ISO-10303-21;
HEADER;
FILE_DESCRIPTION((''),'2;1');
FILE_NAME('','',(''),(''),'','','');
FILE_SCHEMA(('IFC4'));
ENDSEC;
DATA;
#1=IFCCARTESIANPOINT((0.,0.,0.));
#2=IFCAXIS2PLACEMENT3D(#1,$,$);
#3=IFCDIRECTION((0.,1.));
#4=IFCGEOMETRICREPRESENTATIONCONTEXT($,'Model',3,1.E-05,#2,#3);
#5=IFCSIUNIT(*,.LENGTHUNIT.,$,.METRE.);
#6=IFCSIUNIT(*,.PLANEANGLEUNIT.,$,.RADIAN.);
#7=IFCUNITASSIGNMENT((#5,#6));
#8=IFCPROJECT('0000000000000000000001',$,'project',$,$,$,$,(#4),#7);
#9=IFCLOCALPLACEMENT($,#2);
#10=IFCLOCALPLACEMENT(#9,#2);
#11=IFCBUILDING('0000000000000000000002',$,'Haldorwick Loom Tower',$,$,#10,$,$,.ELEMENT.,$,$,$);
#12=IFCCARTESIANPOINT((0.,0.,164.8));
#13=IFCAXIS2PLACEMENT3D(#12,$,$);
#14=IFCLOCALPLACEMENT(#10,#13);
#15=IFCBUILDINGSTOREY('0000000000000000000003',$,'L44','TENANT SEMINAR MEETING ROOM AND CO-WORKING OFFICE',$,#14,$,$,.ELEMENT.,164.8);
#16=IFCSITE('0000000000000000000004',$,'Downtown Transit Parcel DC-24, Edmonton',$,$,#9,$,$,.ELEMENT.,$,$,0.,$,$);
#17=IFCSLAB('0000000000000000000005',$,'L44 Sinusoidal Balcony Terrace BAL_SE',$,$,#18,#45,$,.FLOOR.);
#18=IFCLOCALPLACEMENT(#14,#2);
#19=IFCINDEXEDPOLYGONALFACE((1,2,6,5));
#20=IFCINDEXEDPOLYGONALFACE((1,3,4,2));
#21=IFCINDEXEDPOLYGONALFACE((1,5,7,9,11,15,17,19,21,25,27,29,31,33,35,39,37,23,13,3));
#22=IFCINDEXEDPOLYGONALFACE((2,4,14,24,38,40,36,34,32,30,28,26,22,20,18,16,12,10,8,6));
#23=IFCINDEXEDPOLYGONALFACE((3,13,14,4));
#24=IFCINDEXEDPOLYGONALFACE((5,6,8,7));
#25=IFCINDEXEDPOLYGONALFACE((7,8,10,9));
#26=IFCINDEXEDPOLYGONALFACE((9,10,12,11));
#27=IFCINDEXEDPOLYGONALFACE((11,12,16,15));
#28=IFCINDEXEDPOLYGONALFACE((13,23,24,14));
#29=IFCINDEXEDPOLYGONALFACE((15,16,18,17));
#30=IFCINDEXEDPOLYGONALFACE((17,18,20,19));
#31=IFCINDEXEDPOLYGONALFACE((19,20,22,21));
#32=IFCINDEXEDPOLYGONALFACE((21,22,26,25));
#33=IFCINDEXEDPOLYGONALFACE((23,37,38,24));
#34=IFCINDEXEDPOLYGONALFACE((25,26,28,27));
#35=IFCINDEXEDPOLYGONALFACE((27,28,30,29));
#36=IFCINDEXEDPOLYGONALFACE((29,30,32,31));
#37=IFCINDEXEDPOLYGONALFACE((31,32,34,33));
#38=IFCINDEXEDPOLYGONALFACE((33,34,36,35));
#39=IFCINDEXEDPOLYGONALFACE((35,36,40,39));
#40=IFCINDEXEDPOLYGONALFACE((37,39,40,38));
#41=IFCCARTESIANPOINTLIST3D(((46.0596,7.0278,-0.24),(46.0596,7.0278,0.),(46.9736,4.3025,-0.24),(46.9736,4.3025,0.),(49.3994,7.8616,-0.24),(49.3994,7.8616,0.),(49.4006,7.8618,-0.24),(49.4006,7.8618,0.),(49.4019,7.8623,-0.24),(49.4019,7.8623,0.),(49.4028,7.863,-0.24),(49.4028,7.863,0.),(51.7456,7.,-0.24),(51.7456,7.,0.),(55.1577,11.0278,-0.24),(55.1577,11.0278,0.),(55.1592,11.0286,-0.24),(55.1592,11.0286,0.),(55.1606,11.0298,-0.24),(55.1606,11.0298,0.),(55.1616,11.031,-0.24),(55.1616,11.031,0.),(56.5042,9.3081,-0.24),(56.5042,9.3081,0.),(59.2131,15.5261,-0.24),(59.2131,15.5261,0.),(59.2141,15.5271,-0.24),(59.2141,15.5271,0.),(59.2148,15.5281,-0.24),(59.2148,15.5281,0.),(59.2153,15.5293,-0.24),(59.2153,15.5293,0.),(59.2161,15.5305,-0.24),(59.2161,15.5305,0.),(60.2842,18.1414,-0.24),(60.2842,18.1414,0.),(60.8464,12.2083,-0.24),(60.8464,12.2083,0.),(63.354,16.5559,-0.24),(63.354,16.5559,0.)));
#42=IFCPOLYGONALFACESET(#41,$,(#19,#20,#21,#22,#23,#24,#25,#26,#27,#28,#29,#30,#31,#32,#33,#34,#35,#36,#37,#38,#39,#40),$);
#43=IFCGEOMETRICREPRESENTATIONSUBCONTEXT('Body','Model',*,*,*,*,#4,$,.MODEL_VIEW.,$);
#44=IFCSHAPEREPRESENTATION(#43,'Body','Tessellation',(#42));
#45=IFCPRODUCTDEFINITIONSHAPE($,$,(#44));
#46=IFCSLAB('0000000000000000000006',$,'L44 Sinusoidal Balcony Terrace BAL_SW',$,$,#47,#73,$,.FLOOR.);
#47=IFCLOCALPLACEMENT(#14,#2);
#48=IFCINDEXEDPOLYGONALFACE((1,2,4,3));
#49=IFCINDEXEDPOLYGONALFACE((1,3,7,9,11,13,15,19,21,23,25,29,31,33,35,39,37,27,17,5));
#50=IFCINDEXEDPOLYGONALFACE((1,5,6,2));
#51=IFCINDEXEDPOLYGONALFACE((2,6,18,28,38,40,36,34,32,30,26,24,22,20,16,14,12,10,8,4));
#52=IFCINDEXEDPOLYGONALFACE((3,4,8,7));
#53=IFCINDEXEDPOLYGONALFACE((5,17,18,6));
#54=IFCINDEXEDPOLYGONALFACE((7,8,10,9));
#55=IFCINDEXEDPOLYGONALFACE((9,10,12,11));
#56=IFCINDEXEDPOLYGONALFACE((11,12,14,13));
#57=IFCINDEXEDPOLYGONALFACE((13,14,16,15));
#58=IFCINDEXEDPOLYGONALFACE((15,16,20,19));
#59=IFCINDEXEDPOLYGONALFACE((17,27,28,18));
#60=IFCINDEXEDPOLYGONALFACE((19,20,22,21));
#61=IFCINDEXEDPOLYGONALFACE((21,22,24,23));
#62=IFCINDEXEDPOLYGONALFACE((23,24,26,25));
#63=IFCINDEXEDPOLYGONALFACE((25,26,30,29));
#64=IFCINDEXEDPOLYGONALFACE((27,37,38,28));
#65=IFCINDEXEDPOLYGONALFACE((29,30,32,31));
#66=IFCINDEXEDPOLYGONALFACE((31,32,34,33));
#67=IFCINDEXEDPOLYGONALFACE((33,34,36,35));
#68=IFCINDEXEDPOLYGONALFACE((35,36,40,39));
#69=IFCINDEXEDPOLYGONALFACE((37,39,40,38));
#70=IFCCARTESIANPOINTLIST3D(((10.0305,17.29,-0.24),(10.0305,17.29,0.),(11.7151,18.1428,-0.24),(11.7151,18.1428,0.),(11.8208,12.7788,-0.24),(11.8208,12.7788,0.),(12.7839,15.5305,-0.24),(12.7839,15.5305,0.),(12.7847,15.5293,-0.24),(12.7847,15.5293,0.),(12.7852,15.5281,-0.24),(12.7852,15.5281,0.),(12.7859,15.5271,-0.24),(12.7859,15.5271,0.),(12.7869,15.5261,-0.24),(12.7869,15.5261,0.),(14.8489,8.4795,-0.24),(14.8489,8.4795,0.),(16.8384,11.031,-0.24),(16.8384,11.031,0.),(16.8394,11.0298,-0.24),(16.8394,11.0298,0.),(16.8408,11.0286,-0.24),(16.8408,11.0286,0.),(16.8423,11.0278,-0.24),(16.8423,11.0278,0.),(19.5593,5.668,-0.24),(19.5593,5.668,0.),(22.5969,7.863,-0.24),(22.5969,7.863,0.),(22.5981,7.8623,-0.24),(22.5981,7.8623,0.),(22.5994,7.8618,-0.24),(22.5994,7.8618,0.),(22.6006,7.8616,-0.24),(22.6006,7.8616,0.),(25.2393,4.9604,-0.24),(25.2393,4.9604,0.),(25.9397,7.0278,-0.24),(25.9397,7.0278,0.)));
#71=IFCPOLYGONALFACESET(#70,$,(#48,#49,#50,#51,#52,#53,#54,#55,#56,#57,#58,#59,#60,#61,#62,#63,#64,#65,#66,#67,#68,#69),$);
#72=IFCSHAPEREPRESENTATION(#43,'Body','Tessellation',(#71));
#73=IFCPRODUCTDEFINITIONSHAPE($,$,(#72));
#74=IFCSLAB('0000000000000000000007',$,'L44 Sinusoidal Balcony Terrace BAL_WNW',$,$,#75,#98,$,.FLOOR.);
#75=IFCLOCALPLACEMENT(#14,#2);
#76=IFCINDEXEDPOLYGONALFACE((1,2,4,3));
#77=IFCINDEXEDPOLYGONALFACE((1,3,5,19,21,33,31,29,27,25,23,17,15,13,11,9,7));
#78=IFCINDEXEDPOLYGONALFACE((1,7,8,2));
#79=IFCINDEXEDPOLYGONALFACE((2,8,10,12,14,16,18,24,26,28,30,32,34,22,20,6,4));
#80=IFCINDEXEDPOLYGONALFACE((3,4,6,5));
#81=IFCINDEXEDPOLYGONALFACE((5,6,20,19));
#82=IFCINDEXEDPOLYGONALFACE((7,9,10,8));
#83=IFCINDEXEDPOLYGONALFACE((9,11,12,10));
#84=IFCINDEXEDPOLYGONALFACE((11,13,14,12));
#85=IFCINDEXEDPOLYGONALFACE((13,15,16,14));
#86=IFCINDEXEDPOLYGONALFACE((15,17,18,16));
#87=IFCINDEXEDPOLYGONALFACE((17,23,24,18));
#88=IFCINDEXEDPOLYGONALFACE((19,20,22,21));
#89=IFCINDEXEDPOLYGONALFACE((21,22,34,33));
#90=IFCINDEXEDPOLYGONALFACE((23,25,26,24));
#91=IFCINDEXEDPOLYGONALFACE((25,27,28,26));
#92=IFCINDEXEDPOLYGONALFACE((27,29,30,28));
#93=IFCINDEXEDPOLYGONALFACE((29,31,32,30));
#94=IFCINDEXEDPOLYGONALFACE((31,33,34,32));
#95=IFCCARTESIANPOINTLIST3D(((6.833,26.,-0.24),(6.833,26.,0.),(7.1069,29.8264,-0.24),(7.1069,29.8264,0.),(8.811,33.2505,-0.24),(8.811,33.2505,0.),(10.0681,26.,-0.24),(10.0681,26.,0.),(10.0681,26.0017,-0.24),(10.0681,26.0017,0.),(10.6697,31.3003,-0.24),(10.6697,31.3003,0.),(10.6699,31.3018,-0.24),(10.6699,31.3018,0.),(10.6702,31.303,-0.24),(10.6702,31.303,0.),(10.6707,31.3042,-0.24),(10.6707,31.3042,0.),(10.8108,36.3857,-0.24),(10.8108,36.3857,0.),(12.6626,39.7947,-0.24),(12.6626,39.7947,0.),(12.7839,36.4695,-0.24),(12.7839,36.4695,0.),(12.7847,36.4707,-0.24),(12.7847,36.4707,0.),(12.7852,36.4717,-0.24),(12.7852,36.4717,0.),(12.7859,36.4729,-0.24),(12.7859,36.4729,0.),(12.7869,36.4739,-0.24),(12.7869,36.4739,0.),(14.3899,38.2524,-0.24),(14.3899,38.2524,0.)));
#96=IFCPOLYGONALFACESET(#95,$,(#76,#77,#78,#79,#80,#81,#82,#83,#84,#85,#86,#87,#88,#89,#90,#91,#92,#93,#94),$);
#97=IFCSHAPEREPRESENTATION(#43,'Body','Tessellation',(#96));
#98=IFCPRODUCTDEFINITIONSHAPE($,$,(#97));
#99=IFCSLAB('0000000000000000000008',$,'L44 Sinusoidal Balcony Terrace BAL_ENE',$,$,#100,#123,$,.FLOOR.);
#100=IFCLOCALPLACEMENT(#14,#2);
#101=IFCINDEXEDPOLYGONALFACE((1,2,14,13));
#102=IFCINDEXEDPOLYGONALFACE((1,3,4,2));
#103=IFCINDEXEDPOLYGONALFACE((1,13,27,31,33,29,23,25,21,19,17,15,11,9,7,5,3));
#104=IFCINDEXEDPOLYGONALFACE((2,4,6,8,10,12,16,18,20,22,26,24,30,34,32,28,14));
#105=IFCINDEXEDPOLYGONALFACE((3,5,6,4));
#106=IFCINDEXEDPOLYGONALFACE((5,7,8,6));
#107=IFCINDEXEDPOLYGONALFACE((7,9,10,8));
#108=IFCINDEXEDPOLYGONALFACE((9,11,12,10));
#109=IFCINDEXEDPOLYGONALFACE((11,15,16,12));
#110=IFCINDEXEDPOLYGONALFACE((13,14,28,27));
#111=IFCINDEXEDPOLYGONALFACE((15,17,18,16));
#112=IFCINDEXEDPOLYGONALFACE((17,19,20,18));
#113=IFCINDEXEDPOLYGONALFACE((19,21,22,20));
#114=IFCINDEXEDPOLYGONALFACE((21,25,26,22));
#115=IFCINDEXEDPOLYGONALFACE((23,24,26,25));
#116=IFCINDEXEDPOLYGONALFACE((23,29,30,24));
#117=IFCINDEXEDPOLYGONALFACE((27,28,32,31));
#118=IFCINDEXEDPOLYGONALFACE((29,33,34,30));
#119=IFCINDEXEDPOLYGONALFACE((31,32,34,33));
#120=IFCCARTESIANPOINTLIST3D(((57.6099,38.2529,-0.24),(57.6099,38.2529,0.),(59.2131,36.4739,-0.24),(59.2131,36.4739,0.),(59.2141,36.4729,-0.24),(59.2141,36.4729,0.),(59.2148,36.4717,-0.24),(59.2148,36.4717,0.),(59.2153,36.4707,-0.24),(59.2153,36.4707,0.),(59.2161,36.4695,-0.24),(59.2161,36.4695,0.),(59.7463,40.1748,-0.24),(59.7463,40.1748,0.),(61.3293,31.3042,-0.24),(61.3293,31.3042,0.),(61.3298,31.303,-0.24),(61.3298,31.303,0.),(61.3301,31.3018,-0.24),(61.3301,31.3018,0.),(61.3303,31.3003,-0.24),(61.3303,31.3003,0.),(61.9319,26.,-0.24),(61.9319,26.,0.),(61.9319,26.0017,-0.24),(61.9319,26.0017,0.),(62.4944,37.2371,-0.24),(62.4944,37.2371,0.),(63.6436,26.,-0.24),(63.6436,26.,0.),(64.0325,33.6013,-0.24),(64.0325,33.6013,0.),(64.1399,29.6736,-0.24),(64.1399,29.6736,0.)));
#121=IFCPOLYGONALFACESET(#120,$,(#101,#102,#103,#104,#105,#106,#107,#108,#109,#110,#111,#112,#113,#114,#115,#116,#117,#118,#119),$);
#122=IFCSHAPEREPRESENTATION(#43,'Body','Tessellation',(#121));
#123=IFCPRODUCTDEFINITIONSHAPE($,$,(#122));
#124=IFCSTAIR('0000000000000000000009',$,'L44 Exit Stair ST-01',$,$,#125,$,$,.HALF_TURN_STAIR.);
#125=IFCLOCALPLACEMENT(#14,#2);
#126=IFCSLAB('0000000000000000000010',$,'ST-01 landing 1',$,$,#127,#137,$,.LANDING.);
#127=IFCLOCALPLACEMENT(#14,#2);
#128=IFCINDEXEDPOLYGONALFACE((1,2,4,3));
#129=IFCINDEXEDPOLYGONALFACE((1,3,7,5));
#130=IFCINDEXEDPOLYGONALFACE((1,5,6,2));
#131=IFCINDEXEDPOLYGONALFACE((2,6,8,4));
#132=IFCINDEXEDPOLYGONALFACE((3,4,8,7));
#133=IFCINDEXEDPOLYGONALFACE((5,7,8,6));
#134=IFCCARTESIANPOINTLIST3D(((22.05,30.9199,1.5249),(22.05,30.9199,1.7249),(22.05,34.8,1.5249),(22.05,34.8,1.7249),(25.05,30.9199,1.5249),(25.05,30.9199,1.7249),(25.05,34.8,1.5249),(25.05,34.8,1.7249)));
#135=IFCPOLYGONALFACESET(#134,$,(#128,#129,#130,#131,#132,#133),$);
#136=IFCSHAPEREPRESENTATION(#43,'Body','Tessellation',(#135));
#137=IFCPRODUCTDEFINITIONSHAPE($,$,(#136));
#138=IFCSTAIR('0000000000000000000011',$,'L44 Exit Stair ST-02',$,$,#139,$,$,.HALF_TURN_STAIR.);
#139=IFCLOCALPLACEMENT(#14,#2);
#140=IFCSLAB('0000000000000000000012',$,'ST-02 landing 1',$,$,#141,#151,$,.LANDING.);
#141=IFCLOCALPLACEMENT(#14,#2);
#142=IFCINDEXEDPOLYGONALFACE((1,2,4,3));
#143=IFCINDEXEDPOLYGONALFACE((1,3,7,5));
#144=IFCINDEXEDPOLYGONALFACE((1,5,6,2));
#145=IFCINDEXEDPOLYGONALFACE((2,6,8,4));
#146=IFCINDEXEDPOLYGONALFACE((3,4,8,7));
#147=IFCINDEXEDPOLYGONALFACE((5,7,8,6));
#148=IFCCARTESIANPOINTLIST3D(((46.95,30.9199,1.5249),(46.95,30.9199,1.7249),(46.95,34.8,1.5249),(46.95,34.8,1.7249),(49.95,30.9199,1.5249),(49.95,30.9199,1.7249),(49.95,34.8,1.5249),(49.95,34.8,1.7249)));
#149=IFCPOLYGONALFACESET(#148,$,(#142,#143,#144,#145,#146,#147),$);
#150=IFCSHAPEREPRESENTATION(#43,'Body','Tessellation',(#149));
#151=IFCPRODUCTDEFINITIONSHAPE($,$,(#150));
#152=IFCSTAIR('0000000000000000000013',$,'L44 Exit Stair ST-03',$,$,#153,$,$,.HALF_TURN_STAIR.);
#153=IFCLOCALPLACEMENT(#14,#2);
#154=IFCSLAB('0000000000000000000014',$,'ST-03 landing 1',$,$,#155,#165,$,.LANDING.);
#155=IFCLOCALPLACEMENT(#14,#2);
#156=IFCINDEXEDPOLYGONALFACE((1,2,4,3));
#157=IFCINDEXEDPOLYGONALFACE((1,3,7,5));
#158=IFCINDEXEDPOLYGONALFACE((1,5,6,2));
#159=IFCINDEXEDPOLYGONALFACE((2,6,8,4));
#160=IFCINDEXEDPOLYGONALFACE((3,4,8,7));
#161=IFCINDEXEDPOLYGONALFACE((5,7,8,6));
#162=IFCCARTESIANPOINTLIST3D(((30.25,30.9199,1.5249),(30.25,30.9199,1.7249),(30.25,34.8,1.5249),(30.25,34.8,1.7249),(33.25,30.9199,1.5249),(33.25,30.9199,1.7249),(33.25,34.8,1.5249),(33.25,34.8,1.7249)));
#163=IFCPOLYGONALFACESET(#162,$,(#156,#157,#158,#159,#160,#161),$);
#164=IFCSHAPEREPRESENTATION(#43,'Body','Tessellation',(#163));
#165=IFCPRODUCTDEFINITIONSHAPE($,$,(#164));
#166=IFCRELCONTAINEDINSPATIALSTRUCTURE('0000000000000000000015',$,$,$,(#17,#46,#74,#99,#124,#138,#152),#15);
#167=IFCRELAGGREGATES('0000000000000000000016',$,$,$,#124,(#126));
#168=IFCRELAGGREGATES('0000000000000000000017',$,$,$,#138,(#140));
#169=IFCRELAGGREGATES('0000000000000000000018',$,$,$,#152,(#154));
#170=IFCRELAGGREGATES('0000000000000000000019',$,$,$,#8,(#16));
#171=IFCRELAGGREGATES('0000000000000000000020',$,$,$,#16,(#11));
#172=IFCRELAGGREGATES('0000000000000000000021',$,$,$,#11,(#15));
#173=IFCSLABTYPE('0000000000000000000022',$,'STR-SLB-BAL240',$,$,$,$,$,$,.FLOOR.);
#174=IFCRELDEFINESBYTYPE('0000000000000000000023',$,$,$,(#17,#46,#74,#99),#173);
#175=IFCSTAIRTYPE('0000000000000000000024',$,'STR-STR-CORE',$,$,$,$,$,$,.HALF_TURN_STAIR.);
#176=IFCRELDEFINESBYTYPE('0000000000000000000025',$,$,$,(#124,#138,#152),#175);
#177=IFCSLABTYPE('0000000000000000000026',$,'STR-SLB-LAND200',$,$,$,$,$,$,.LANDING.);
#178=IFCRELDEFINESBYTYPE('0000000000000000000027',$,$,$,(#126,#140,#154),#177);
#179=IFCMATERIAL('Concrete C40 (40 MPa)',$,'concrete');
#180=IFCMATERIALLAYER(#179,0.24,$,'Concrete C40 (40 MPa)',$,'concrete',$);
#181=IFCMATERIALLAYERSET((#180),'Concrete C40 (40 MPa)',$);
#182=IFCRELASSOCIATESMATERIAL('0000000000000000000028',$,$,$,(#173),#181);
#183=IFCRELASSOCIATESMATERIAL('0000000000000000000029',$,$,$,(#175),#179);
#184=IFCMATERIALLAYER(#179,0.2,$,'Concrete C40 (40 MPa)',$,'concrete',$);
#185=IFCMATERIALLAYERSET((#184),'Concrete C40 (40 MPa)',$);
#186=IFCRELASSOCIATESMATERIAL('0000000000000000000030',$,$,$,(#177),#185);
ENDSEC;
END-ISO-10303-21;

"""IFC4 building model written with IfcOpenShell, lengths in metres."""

from ifc_helpers import new_model, si_unit, direction, frame, origin, place, context, subcontext, project, spatial, polyline, outline, extrude, material, layer, layer_set, type_object, element, aggregate, save


model = new_model("IFC4")

# Units and contexts
model_context = context("Model", 3, precision=1e-05, world=origin(), true_north=direction((0.0, 1.0)))
body_context = subcontext(model_context, "Body", "Model", "MODEL_VIEW")
ifc_project = project(units=[si_unit("LENGTHUNIT", "METRE"), si_unit("PLANEANGLEUNIT", "RADIAN")], contexts=[model_context])

# Site, building, storey
site_placement = place(None, origin())
site = spatial("IfcSite", under=ifc_project, at=site_placement, Name="Downtown Transit Parcel DC-24, Edmonton", CompositionType="ELEMENT", RefElevation=0.0)
building_placement = place(site_placement, origin())
building = spatial("IfcBuilding", under=site, at=building_placement, Name="Haldorwick Loom Tower", CompositionType="ELEMENT")
storey_placement = place(building_placement, frame((0.0, 0.0, 164.8)))
storey = spatial("IfcBuildingStorey", under=building, at=storey_placement, Name="L44", Description="TENANT SEMINAR MEETING ROOM AND CO-WORKING OFFICE", CompositionType="ELEMENT", Elevation=164.8)

# Slabs
ifc_material_1 = material(Name="Concrete C40 (40 MPa)", Category="concrete")
ifc_layer_1 = layer(ifc_material_1, 0.24, Name="Concrete C40 (40 MPa)", Category="concrete")
ifc_layer_set_1 = layer_set([ifc_layer_1], Name="Concrete C40 (40 MPa)")
slab_type_1 = type_object("IfcSlabType", Name="STR-SLB-BAL240", PredefinedType="FLOOR", material=ifc_layer_set_1)
slab_1_placement = place(storey_placement, frame((0.0, 0.0, -0.24)))
element("IfcSlab", 1, at=slab_1_placement, inside=storey, type_object=slab_type_1, Name="L44 Sinusoidal Balcony Terrace BAL_SE", PredefinedType="FLOOR", context=body_context, shape_type="SweptSolid", body=[
    extrude(outline(polyline([(60.2842, 18.1414), (59.2161, 15.5305), (59.2153, 15.5293), (59.2148, 15.5281), (59.2141, 15.5271), (59.2131, 15.5261), (55.1616, 11.031), (55.1606, 11.0298), (55.1592, 11.0286), (55.1577, 11.0278), (49.4028, 7.863), (49.4019, 7.8623), (49.4006, 7.8618), (49.3994, 7.8616), (46.0596, 7.0278), (46.9736, 4.3025), (51.7456, 7.0), (56.5042, 9.3081), (60.8464, 12.2083), (63.354, 16.5559), (60.2842, 18.1414)])), origin(), (0.0, 0.0, 1.0), 0.24),
])
slab_2_placement = place(storey_placement, frame((0.0, 0.0, -0.24)))
element("IfcSlab", 2, at=slab_2_placement, inside=storey, type_object=slab_type_1, Name="L44 Sinusoidal Balcony Terrace BAL_SW", PredefinedType="FLOOR", context=body_context, shape_type="SweptSolid", body=[
    extrude(outline(polyline([(25.9397, 7.0278), (22.6006, 7.8616), (22.5994, 7.8618), (22.5981, 7.8623), (22.5969, 7.863), (16.8423, 11.0278), (16.8408, 11.0286), (16.8394, 11.0298), (16.8384, 11.031), (12.7869, 15.5261), (12.7859, 15.5271), (12.7852, 15.5281), (12.7847, 15.5293), (12.7839, 15.5305), (11.7151, 18.1428), (10.0305, 17.29), (11.8208, 12.7788), (14.8489, 8.4795), (19.5593, 5.668), (25.2393, 4.9604), (25.9397, 7.0278)])), origin(), (0.0, 0.0, 1.0), 0.24),
])
slab_3_placement = place(storey_placement, frame((0.0, 0.0, -0.24)))
element("IfcSlab", 3, at=slab_3_placement, inside=storey, type_object=slab_type_1, Name="L44 Sinusoidal Balcony Terrace BAL_WNW", PredefinedType="FLOOR", context=body_context, shape_type="SweptSolid", body=[
    extrude(outline(polyline([(10.0681, 26.0), (10.0681, 26.0017), (10.6697, 31.3003), (10.6699, 31.3018), (10.6702, 31.303), (10.6707, 31.3042), (12.7839, 36.4695), (12.7847, 36.4707), (12.7852, 36.4717), (12.7859, 36.4729), (12.7869, 36.4739), (14.3899, 38.2524), (12.6626, 39.7947), (10.8108, 36.3857), (8.811, 33.2505), (7.1069, 29.8264), (6.833, 26.0), (10.0681, 26.0)])), origin(), (0.0, 0.0, 1.0), 0.24),
])
slab_4_placement = place(storey_placement, frame((0.0, 0.0, -0.24)))
element("IfcSlab", 4, at=slab_4_placement, inside=storey, type_object=slab_type_1, Name="L44 Sinusoidal Balcony Terrace BAL_ENE", PredefinedType="FLOOR", context=body_context, shape_type="SweptSolid", body=[
    extrude(outline(polyline([(57.6099, 38.2529), (59.2131, 36.4739), (59.2141, 36.4729), (59.2148, 36.4717), (59.2153, 36.4707), (59.2161, 36.4695), (61.3293, 31.3042), (61.3298, 31.303), (61.3301, 31.3018), (61.3303, 31.3003), (61.9319, 26.0017), (61.9319, 26.0), (63.6436, 26.0), (64.1399, 29.6736), (64.0325, 33.6013), (62.4944, 37.2371), (59.7463, 40.1748), (57.6099, 38.2529)])), origin(), (0.0, 0.0, 1.0), 0.24),
])

# Stairs, slabs
stair_type = type_object("IfcStairType", Name="STR-STR-CORE", PredefinedType="HALF_TURN_STAIR", material=ifc_material_1)
stair_1_placement = place(storey_placement, origin())
stair_1 = element("IfcStair", 5, at=stair_1_placement, inside=storey, type_object=stair_type, Name="L44 Exit Stair ST-01", PredefinedType="HALF_TURN_STAIR")
ifc_layer_2 = layer(ifc_material_1, 0.2, Name="Concrete C40 (40 MPa)", Category="concrete")
ifc_layer_set_2 = layer_set([ifc_layer_2], Name="Concrete C40 (40 MPa)")
slab_type_2 = type_object("IfcSlabType", Name="STR-SLB-LAND200", PredefinedType="LANDING", material=ifc_layer_set_2)
slab_5_placement = place(storey_placement, frame((0.0, 0.0, 1.5249)))
slab_5 = element("IfcSlab", 6, at=slab_5_placement, type_object=slab_type_2, Name="ST-01 landing 1", PredefinedType="LANDING", context=body_context, shape_type="SweptSolid", body=[
    extrude(outline(polyline([(25.05, 30.9199), (25.05, 34.8), (22.05, 34.8), (22.05, 30.9199), (25.05, 30.9199)])), origin(), (0.0, 0.0, 1.0), 0.2),
])
aggregate(stair_1, [slab_5])
stair_2_placement = place(storey_placement, origin())
stair_2 = element("IfcStair", 7, at=stair_2_placement, inside=storey, type_object=stair_type, Name="L44 Exit Stair ST-02", PredefinedType="HALF_TURN_STAIR")
slab_6_placement = place(storey_placement, frame((0.0, 0.0, 1.5249)))
slab_6 = element("IfcSlab", 8, at=slab_6_placement, type_object=slab_type_2, Name="ST-02 landing 1", PredefinedType="LANDING", context=body_context, shape_type="SweptSolid", body=[
    extrude(outline(polyline([(49.95, 30.9199), (49.95, 34.8), (46.95, 34.8), (46.95, 30.9199), (49.95, 30.9199)])), origin(), (0.0, 0.0, 1.0), 0.2),
])
aggregate(stair_2, [slab_6])
stair_3_placement = place(storey_placement, origin())
stair_3 = element("IfcStair", 9, at=stair_3_placement, inside=storey, type_object=stair_type, Name="L44 Exit Stair ST-03", PredefinedType="HALF_TURN_STAIR")
slab_7_placement = place(storey_placement, frame((0.0, 0.0, 1.5249)))
slab_7 = element("IfcSlab", 10, at=slab_7_placement, type_object=slab_type_2, Name="ST-03 landing 1", PredefinedType="LANDING", context=body_context, shape_type="SweptSolid", body=[
    extrude(outline(polyline([(33.25, 30.9199), (33.25, 34.8), (30.25, 34.8), (30.25, 30.9199), (33.25, 30.9199)])), origin(), (0.0, 0.0, 1.0), 0.2),
])
aggregate(stair_3, [slab_7])

save(model, "model.ifc")
